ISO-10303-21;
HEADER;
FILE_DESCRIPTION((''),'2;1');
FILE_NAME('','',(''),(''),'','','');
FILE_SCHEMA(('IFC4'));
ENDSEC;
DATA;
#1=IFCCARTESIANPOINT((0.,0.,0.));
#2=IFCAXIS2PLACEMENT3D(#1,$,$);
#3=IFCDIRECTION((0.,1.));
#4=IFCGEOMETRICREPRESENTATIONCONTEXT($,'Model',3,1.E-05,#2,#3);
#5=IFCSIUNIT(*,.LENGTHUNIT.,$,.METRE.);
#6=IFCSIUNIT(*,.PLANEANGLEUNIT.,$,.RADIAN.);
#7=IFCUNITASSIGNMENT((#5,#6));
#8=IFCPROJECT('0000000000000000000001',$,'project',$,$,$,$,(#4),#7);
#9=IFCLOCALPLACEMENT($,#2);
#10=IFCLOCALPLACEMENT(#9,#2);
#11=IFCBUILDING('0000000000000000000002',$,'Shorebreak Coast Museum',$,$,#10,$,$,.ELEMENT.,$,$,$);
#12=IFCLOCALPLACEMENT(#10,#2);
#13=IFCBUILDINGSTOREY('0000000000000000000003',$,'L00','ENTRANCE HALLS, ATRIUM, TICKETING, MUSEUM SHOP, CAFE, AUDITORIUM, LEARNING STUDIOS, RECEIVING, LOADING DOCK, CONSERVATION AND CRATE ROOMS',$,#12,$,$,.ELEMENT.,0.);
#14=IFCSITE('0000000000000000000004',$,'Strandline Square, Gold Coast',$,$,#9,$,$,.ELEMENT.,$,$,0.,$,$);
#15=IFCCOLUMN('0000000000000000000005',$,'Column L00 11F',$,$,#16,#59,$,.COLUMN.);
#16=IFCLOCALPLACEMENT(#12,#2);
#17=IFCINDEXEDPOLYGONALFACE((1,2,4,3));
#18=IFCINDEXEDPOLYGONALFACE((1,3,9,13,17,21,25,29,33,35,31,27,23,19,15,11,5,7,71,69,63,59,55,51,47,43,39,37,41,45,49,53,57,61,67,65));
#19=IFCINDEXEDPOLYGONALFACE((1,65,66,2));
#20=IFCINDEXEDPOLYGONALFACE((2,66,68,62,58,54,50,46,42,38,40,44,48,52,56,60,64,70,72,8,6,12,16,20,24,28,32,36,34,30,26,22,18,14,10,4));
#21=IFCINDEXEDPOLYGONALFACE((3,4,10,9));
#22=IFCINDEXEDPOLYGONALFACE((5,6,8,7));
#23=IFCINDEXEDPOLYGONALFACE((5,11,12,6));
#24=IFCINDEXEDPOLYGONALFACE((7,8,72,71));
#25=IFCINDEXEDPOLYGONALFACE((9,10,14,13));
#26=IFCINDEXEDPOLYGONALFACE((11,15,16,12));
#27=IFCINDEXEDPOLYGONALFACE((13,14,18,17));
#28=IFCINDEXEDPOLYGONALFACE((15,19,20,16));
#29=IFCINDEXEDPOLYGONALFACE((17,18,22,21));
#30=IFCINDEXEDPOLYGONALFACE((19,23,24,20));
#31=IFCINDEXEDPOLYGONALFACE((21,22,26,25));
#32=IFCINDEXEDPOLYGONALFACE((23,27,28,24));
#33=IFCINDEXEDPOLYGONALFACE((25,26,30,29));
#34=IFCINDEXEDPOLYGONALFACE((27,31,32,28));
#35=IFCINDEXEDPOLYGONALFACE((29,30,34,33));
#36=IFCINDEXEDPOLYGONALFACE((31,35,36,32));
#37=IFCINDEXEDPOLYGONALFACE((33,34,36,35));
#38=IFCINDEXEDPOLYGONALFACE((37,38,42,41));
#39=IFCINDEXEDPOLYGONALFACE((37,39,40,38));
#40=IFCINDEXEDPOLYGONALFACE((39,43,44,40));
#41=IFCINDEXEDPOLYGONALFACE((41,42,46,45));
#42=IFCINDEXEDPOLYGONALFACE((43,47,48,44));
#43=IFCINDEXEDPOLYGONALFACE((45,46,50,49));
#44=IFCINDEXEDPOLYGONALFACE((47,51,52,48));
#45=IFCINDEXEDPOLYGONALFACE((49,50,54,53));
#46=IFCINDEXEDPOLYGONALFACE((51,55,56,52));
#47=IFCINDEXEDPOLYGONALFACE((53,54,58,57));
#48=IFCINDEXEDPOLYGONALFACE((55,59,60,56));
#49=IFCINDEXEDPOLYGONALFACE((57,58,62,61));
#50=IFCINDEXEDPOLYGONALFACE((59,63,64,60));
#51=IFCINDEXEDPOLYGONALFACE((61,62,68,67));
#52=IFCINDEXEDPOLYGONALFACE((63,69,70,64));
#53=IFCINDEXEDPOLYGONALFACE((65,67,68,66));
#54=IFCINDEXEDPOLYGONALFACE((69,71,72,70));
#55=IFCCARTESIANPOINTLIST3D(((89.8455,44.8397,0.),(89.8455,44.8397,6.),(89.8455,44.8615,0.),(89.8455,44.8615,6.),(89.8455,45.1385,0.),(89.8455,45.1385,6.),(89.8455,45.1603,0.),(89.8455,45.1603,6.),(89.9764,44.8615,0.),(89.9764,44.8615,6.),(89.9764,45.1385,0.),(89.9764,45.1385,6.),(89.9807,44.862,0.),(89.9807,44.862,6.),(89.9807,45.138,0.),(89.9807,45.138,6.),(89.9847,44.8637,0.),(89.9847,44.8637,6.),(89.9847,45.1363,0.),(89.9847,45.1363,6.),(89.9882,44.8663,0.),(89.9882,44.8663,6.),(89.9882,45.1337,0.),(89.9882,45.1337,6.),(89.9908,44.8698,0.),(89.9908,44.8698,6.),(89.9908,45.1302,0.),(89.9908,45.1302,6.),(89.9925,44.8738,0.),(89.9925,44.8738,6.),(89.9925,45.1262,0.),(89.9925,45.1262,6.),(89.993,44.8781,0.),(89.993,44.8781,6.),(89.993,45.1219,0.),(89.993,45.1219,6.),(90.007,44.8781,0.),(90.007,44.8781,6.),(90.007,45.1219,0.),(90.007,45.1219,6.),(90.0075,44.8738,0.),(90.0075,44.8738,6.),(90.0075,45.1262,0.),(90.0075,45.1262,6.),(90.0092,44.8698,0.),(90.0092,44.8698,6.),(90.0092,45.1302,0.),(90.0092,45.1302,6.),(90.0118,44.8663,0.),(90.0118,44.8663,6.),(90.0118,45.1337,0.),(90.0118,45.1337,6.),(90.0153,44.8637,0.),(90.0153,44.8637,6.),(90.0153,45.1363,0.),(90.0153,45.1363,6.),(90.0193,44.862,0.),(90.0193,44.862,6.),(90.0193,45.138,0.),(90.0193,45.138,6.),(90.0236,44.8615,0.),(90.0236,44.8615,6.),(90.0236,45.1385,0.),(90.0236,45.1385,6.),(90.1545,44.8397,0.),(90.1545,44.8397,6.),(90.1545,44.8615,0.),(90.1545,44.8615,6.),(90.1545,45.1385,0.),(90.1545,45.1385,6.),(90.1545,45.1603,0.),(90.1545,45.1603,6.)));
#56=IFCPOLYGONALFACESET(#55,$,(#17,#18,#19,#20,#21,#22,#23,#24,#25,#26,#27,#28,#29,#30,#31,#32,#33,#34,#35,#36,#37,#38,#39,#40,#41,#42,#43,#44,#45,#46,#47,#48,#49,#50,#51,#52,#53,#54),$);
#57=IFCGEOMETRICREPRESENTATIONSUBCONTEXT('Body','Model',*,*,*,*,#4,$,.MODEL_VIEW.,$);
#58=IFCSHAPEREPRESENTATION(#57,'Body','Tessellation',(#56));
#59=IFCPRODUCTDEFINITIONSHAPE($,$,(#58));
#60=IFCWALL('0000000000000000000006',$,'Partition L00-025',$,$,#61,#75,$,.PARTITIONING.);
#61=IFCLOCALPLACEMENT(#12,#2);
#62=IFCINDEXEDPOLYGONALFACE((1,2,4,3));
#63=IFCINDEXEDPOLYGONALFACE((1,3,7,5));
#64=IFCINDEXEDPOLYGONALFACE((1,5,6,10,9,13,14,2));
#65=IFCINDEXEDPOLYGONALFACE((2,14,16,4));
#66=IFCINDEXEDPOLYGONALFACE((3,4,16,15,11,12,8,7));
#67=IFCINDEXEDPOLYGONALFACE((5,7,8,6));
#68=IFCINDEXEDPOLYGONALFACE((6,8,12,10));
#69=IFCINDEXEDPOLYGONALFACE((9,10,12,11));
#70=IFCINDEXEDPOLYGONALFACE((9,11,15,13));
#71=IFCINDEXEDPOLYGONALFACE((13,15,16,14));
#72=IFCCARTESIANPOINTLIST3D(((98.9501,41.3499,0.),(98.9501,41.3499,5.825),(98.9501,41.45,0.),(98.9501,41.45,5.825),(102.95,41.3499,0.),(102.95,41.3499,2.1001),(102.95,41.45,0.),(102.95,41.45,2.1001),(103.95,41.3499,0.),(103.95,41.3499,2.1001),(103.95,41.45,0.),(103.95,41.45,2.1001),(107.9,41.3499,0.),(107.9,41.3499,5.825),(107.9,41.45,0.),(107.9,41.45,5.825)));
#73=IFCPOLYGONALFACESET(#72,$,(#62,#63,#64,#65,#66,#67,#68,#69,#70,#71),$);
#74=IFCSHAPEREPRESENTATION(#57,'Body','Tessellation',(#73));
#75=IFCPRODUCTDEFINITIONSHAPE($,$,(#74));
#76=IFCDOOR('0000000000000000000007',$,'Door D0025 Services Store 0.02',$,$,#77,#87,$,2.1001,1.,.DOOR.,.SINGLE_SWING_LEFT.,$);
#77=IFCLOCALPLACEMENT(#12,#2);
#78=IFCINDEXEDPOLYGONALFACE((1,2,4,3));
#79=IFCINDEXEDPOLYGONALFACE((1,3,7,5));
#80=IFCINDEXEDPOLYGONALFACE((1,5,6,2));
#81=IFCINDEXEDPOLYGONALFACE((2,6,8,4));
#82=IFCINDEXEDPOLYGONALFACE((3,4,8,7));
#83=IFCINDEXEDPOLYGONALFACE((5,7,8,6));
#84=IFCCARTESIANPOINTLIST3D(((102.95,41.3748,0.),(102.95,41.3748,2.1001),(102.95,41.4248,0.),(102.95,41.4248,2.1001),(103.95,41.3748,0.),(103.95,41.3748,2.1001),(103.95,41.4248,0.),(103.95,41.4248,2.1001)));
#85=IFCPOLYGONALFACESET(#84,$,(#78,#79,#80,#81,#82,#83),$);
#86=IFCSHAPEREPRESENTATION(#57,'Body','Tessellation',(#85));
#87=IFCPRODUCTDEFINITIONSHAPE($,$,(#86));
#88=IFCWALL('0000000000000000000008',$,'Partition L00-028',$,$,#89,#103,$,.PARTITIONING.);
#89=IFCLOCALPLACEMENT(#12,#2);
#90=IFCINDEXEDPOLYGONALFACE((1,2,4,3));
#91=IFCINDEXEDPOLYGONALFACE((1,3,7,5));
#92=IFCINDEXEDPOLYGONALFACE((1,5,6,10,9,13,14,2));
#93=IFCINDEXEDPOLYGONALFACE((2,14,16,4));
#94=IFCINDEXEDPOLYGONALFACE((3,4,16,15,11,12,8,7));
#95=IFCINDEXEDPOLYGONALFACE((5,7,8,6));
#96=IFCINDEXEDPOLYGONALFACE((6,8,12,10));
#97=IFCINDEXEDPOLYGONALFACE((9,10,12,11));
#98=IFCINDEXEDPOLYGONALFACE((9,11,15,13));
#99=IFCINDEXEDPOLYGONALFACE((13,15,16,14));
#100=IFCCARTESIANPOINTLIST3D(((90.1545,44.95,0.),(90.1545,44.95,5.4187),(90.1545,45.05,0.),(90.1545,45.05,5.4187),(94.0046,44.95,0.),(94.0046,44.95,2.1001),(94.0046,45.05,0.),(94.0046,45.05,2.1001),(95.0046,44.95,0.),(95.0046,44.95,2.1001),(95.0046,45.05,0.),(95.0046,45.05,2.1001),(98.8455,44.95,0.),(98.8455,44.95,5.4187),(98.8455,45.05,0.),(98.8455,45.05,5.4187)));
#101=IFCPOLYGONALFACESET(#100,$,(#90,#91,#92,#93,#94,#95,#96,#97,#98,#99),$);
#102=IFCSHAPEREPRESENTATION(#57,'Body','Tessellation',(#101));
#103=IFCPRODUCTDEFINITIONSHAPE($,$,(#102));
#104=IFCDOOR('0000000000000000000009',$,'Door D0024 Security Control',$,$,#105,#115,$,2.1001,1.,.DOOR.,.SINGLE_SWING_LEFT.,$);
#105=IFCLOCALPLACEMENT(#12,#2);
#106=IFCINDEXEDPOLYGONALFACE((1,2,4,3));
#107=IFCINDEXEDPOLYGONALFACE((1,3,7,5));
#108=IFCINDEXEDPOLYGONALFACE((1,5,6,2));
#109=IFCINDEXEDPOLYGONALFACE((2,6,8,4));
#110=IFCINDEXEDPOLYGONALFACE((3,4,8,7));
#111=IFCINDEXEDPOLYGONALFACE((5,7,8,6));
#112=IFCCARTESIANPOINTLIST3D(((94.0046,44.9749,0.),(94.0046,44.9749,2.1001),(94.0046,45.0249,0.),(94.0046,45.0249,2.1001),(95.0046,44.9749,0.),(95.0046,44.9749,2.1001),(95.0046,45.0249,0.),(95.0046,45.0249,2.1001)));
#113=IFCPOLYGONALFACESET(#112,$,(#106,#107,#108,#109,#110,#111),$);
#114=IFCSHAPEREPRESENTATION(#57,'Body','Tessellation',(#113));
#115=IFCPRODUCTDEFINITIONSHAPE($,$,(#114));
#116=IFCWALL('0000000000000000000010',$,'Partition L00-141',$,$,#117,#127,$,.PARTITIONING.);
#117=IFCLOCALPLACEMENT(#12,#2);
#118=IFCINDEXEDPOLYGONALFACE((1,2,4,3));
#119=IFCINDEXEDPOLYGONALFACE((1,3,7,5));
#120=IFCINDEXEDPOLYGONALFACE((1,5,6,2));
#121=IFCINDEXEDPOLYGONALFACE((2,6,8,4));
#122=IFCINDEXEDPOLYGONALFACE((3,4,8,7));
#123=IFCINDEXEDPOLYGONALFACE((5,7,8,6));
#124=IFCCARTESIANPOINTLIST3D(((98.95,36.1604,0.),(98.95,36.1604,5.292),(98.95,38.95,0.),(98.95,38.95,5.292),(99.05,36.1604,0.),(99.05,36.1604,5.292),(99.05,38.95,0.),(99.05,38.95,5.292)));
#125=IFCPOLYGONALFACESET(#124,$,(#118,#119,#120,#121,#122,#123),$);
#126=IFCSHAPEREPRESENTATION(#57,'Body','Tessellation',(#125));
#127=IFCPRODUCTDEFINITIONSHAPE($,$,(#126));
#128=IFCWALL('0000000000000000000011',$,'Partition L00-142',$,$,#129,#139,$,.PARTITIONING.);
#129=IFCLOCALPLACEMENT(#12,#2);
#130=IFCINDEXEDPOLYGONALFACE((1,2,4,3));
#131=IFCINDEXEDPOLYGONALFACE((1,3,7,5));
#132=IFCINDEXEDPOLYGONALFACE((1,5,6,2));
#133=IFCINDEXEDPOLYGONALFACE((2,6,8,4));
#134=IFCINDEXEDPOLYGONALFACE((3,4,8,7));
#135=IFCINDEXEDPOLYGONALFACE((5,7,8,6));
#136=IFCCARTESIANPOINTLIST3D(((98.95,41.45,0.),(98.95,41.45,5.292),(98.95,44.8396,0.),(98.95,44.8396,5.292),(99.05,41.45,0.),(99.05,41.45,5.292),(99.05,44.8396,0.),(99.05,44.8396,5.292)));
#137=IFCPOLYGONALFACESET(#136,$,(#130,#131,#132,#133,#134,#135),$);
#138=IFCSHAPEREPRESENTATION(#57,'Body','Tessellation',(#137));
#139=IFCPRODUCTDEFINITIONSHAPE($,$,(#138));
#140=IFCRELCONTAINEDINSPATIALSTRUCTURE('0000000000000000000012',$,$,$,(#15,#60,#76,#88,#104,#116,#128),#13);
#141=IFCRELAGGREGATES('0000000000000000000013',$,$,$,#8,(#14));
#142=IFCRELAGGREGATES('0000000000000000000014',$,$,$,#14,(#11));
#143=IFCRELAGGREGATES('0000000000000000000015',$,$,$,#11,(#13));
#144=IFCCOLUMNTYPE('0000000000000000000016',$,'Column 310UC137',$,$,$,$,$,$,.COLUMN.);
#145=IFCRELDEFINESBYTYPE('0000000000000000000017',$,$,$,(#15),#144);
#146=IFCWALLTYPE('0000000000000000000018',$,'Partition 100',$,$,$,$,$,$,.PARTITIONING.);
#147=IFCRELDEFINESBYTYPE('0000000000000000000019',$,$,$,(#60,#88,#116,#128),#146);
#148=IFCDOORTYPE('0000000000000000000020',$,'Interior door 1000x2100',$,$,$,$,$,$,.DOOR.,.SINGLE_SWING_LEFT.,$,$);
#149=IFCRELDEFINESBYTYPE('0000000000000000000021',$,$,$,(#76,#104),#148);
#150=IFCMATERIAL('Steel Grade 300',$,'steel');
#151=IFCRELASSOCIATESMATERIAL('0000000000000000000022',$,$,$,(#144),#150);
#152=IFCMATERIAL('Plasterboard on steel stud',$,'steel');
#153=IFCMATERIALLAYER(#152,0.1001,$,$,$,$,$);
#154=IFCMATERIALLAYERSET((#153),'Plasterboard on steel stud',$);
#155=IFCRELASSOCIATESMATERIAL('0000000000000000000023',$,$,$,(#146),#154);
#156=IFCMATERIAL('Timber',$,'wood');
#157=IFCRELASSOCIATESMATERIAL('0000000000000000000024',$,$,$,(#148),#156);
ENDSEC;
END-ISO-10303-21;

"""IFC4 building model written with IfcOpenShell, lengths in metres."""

from ifc_helpers import new_model, si_unit, direction, frame, frame_2d, origin, origin_2d, place, context, subcontext, project, spatial, rectangle, i_section, extrude, material, layer, layer_set, material_profile, profile_set, type_object, element, fill, save


model = new_model("IFC4")

# Units and contexts
model_context = context("Model", 3, precision=1e-05, world=origin(), true_north=direction((0.0, 1.0)))
body_context = subcontext(model_context, "Body", "Model", "MODEL_VIEW")
ifc_project = project(units=[si_unit("LENGTHUNIT", "METRE"), si_unit("PLANEANGLEUNIT", "RADIAN")], contexts=[model_context])

# Site, building, storey
site_placement = place(None, origin())
site = spatial("IfcSite", under=ifc_project, at=site_placement, Name="Strandline Square, Gold Coast", CompositionType="ELEMENT", RefElevation=0.0)
building_placement = place(site_placement, origin())
building = spatial("IfcBuilding", under=site, at=building_placement, Name="Shorebreak Coast Museum", CompositionType="ELEMENT")
storey_placement = place(building_placement, origin())
storey = spatial("IfcBuildingStorey", under=building, at=storey_placement, Name="L00", Description="ENTRANCE HALLS, ATRIUM, TICKETING, MUSEUM SHOP, CAFE, AUDITORIUM, LEARNING STUDIOS, RECEIVING, LOADING DOCK, CONSERVATION AND CRATE ROOMS", CompositionType="ELEMENT", Elevation=0.0)

# Column
ifc_material_1 = material(Name="Steel Grade 300", Category="steel")
ifc_material_profile_1 = material_profile(ifc_material_1, i_section(OverallWidth=0.3091, OverallDepth=0.3206, WebThickness=0.0139, FlangeThickness=0.0217, FilletRadius=0.0166, at=origin_2d()), Name="310UC137")
ifc_profile_set_1 = profile_set([ifc_material_profile_1], Name="Steel Grade 300")
column_type = type_object("IfcColumnType", Name="Column 310UC137", PredefinedType="COLUMN", material=ifc_profile_set_1)
for number, where, z_axis, x_axis, name in (
    (1, (90.0, 45.0, 0.0), (0.0, 0.0, 1.0), (1.0, 0.0, 0.0), "Column L00 11F"),
):
    element("IfcColumn", number, at=place(storey_placement, frame(where, z_axis=z_axis, x_axis=x_axis)), inside=storey, type_object=column_type, Name=name, PredefinedType="COLUMN", context=body_context, shape_type="SweptSolid", body=[
        extrude(i_section(OverallWidth=0.3091, OverallDepth=0.3206, WebThickness=0.0139, FlangeThickness=0.0217, FilletRadius=0.0166, at=origin_2d()), origin(), (0.0, 0.0, 1.0), 6.0),
    ])

# Walls, openings, doors
ifc_material_2 = material(Name="Plasterboard on steel stud", Category="steel")
ifc_layer = layer(ifc_material_2, 0.1001)
ifc_layer_set = layer_set([ifc_layer], Name="Plasterboard on steel stud")
wall_type = type_object("IfcWallType", Name="Partition 100", PredefinedType="PARTITIONING", material=ifc_layer_set)
wall_1_placement = place(storey_placement, frame((98.95, 41.3999, 0.0), z_axis=(0.0, 0.0, 1.0), x_axis=(1.0, 0.0, 0.0)))
wall_1 = element("IfcWall", 2, at=wall_1_placement, inside=storey, type_object=wall_type, Name="Partition L00-025", PredefinedType="PARTITIONING", context=body_context, shape_type="SweptSolid", body=[
    extrude(rectangle(XDim=8.95, YDim=0.1001, at=frame_2d((4.4751, 0.0))), origin(), (0.0, 0.0, 1.0), 5.825),
])
opening_1_placement = place(wall_1_placement, frame((4.0, 0.0, 0.0)))
opening_1 = element("IfcOpeningElement", 3, at=opening_1_placement, cuts=wall_1, PredefinedType="OPENING", context=body_context, shape_type="SweptSolid", body=[
    extrude(rectangle(XDim=1.0, YDim=2.1001, at=frame_2d((0.5, 1.05))), frame((0.0, 0.0601, 0.0), z_axis=(0.0, -1.0, 0.0), x_axis=(1.0, 0.0, 0.0)), (0.0, 0.0, 1.0), 0.1201),
])
ifc_material_3 = material(Name="Timber", Category="wood")
door_type = type_object("IfcDoorType", Name="Interior door 1000x2100", OperationType="SINGLE_SWING_LEFT", PredefinedType="DOOR", material=ifc_material_3)
door_1_placement = place(opening_1_placement, origin())
door_1 = element("IfcDoor", 4, at=door_1_placement, inside=storey, type_object=door_type, Name="Door D0025 Services Store 0.02", OperationType="SINGLE_SWING_LEFT", OverallHeight=2.1001, OverallWidth=1.0, PredefinedType="DOOR", context=body_context, shape_type="SweptSolid", body=[
    extrude(rectangle(XDim=1.0, YDim=2.1001, at=frame_2d((0.5, 1.05))), frame((0.0, 0.0249, 0.0), z_axis=(0.0, -1.0, 0.0), x_axis=(1.0, 0.0, 0.0)), (0.0, 0.0, 1.0), 0.05),
])
fill(opening_1, door_1)
wall_2_placement = place(storey_placement, frame((90.1545, 45.0, 0.0), z_axis=(0.0, 0.0, 1.0), x_axis=(1.0, 0.0, 0.0)))
wall_2 = element("IfcWall", 5, at=wall_2_placement, inside=storey, type_object=wall_type, Name="Partition L00-028", PredefinedType="PARTITIONING", context=body_context, shape_type="SweptSolid", body=[
    extrude(rectangle(XDim=8.6909, YDim=0.1001, at=frame_2d((4.3455, 0.0))), origin(), (0.0, 0.0, 1.0), 5.4187),
])
opening_2_placement = place(wall_2_placement, frame((3.8501, 0.0, 0.0)))
opening_2 = element("IfcOpeningElement", 6, at=opening_2_placement, cuts=wall_2, PredefinedType="OPENING", context=body_context, shape_type="SweptSolid", body=[
    extrude(rectangle(XDim=1.0, YDim=2.1001, at=frame_2d((0.5, 1.05))), frame((0.0, 0.0601, 0.0), z_axis=(0.0, -1.0, 0.0), x_axis=(1.0, 0.0, 0.0)), (0.0, 0.0, 1.0), 0.1201),
])
door_2_placement = place(opening_2_placement, origin())
door_2 = element("IfcDoor", 7, at=door_2_placement, inside=storey, type_object=door_type, Name="Door D0024 Security Control", OperationType="SINGLE_SWING_LEFT", OverallHeight=2.1001, OverallWidth=1.0, PredefinedType="DOOR", context=body_context, shape_type="SweptSolid", body=[
    extrude(rectangle(XDim=1.0, YDim=2.1001, at=frame_2d((0.5, 1.05))), frame((0.0, 0.0249, 0.0), z_axis=(0.0, -1.0, 0.0), x_axis=(1.0, 0.0, 0.0)), (0.0, 0.0, 1.0), 0.05),
])
fill(opening_2, door_2)

# Walls
wall_3_placement = place(storey_placement, frame((99.0, 36.1604, 0.0), z_axis=(0.0, 0.0, 1.0), x_axis=(0.0, 1.0, 0.0)))
element("IfcWall", 8, at=wall_3_placement, inside=storey, type_object=wall_type, Name="Partition L00-141", PredefinedType="PARTITIONING", context=body_context, shape_type="SweptSolid", body=[
    extrude(rectangle(XDim=2.7896, YDim=0.1001, at=frame_2d((1.3948, 0.0))), origin(), (0.0, 0.0, 1.0), 5.292),
])
wall_4_placement = place(storey_placement, frame((99.0, 41.45, 0.0), z_axis=(0.0, 0.0, 1.0), x_axis=(0.0, 1.0, 0.0)))
element("IfcWall", 9, at=wall_4_placement, inside=storey, type_object=wall_type, Name="Partition L00-142", PredefinedType="PARTITIONING", context=body_context, shape_type="SweptSolid", body=[
    extrude(rectangle(XDim=3.3896, YDim=0.1001, at=frame_2d((1.6948, 0.0))), origin(), (0.0, 0.0, 1.0), 5.292),
])

save(model, "model.ifc")
